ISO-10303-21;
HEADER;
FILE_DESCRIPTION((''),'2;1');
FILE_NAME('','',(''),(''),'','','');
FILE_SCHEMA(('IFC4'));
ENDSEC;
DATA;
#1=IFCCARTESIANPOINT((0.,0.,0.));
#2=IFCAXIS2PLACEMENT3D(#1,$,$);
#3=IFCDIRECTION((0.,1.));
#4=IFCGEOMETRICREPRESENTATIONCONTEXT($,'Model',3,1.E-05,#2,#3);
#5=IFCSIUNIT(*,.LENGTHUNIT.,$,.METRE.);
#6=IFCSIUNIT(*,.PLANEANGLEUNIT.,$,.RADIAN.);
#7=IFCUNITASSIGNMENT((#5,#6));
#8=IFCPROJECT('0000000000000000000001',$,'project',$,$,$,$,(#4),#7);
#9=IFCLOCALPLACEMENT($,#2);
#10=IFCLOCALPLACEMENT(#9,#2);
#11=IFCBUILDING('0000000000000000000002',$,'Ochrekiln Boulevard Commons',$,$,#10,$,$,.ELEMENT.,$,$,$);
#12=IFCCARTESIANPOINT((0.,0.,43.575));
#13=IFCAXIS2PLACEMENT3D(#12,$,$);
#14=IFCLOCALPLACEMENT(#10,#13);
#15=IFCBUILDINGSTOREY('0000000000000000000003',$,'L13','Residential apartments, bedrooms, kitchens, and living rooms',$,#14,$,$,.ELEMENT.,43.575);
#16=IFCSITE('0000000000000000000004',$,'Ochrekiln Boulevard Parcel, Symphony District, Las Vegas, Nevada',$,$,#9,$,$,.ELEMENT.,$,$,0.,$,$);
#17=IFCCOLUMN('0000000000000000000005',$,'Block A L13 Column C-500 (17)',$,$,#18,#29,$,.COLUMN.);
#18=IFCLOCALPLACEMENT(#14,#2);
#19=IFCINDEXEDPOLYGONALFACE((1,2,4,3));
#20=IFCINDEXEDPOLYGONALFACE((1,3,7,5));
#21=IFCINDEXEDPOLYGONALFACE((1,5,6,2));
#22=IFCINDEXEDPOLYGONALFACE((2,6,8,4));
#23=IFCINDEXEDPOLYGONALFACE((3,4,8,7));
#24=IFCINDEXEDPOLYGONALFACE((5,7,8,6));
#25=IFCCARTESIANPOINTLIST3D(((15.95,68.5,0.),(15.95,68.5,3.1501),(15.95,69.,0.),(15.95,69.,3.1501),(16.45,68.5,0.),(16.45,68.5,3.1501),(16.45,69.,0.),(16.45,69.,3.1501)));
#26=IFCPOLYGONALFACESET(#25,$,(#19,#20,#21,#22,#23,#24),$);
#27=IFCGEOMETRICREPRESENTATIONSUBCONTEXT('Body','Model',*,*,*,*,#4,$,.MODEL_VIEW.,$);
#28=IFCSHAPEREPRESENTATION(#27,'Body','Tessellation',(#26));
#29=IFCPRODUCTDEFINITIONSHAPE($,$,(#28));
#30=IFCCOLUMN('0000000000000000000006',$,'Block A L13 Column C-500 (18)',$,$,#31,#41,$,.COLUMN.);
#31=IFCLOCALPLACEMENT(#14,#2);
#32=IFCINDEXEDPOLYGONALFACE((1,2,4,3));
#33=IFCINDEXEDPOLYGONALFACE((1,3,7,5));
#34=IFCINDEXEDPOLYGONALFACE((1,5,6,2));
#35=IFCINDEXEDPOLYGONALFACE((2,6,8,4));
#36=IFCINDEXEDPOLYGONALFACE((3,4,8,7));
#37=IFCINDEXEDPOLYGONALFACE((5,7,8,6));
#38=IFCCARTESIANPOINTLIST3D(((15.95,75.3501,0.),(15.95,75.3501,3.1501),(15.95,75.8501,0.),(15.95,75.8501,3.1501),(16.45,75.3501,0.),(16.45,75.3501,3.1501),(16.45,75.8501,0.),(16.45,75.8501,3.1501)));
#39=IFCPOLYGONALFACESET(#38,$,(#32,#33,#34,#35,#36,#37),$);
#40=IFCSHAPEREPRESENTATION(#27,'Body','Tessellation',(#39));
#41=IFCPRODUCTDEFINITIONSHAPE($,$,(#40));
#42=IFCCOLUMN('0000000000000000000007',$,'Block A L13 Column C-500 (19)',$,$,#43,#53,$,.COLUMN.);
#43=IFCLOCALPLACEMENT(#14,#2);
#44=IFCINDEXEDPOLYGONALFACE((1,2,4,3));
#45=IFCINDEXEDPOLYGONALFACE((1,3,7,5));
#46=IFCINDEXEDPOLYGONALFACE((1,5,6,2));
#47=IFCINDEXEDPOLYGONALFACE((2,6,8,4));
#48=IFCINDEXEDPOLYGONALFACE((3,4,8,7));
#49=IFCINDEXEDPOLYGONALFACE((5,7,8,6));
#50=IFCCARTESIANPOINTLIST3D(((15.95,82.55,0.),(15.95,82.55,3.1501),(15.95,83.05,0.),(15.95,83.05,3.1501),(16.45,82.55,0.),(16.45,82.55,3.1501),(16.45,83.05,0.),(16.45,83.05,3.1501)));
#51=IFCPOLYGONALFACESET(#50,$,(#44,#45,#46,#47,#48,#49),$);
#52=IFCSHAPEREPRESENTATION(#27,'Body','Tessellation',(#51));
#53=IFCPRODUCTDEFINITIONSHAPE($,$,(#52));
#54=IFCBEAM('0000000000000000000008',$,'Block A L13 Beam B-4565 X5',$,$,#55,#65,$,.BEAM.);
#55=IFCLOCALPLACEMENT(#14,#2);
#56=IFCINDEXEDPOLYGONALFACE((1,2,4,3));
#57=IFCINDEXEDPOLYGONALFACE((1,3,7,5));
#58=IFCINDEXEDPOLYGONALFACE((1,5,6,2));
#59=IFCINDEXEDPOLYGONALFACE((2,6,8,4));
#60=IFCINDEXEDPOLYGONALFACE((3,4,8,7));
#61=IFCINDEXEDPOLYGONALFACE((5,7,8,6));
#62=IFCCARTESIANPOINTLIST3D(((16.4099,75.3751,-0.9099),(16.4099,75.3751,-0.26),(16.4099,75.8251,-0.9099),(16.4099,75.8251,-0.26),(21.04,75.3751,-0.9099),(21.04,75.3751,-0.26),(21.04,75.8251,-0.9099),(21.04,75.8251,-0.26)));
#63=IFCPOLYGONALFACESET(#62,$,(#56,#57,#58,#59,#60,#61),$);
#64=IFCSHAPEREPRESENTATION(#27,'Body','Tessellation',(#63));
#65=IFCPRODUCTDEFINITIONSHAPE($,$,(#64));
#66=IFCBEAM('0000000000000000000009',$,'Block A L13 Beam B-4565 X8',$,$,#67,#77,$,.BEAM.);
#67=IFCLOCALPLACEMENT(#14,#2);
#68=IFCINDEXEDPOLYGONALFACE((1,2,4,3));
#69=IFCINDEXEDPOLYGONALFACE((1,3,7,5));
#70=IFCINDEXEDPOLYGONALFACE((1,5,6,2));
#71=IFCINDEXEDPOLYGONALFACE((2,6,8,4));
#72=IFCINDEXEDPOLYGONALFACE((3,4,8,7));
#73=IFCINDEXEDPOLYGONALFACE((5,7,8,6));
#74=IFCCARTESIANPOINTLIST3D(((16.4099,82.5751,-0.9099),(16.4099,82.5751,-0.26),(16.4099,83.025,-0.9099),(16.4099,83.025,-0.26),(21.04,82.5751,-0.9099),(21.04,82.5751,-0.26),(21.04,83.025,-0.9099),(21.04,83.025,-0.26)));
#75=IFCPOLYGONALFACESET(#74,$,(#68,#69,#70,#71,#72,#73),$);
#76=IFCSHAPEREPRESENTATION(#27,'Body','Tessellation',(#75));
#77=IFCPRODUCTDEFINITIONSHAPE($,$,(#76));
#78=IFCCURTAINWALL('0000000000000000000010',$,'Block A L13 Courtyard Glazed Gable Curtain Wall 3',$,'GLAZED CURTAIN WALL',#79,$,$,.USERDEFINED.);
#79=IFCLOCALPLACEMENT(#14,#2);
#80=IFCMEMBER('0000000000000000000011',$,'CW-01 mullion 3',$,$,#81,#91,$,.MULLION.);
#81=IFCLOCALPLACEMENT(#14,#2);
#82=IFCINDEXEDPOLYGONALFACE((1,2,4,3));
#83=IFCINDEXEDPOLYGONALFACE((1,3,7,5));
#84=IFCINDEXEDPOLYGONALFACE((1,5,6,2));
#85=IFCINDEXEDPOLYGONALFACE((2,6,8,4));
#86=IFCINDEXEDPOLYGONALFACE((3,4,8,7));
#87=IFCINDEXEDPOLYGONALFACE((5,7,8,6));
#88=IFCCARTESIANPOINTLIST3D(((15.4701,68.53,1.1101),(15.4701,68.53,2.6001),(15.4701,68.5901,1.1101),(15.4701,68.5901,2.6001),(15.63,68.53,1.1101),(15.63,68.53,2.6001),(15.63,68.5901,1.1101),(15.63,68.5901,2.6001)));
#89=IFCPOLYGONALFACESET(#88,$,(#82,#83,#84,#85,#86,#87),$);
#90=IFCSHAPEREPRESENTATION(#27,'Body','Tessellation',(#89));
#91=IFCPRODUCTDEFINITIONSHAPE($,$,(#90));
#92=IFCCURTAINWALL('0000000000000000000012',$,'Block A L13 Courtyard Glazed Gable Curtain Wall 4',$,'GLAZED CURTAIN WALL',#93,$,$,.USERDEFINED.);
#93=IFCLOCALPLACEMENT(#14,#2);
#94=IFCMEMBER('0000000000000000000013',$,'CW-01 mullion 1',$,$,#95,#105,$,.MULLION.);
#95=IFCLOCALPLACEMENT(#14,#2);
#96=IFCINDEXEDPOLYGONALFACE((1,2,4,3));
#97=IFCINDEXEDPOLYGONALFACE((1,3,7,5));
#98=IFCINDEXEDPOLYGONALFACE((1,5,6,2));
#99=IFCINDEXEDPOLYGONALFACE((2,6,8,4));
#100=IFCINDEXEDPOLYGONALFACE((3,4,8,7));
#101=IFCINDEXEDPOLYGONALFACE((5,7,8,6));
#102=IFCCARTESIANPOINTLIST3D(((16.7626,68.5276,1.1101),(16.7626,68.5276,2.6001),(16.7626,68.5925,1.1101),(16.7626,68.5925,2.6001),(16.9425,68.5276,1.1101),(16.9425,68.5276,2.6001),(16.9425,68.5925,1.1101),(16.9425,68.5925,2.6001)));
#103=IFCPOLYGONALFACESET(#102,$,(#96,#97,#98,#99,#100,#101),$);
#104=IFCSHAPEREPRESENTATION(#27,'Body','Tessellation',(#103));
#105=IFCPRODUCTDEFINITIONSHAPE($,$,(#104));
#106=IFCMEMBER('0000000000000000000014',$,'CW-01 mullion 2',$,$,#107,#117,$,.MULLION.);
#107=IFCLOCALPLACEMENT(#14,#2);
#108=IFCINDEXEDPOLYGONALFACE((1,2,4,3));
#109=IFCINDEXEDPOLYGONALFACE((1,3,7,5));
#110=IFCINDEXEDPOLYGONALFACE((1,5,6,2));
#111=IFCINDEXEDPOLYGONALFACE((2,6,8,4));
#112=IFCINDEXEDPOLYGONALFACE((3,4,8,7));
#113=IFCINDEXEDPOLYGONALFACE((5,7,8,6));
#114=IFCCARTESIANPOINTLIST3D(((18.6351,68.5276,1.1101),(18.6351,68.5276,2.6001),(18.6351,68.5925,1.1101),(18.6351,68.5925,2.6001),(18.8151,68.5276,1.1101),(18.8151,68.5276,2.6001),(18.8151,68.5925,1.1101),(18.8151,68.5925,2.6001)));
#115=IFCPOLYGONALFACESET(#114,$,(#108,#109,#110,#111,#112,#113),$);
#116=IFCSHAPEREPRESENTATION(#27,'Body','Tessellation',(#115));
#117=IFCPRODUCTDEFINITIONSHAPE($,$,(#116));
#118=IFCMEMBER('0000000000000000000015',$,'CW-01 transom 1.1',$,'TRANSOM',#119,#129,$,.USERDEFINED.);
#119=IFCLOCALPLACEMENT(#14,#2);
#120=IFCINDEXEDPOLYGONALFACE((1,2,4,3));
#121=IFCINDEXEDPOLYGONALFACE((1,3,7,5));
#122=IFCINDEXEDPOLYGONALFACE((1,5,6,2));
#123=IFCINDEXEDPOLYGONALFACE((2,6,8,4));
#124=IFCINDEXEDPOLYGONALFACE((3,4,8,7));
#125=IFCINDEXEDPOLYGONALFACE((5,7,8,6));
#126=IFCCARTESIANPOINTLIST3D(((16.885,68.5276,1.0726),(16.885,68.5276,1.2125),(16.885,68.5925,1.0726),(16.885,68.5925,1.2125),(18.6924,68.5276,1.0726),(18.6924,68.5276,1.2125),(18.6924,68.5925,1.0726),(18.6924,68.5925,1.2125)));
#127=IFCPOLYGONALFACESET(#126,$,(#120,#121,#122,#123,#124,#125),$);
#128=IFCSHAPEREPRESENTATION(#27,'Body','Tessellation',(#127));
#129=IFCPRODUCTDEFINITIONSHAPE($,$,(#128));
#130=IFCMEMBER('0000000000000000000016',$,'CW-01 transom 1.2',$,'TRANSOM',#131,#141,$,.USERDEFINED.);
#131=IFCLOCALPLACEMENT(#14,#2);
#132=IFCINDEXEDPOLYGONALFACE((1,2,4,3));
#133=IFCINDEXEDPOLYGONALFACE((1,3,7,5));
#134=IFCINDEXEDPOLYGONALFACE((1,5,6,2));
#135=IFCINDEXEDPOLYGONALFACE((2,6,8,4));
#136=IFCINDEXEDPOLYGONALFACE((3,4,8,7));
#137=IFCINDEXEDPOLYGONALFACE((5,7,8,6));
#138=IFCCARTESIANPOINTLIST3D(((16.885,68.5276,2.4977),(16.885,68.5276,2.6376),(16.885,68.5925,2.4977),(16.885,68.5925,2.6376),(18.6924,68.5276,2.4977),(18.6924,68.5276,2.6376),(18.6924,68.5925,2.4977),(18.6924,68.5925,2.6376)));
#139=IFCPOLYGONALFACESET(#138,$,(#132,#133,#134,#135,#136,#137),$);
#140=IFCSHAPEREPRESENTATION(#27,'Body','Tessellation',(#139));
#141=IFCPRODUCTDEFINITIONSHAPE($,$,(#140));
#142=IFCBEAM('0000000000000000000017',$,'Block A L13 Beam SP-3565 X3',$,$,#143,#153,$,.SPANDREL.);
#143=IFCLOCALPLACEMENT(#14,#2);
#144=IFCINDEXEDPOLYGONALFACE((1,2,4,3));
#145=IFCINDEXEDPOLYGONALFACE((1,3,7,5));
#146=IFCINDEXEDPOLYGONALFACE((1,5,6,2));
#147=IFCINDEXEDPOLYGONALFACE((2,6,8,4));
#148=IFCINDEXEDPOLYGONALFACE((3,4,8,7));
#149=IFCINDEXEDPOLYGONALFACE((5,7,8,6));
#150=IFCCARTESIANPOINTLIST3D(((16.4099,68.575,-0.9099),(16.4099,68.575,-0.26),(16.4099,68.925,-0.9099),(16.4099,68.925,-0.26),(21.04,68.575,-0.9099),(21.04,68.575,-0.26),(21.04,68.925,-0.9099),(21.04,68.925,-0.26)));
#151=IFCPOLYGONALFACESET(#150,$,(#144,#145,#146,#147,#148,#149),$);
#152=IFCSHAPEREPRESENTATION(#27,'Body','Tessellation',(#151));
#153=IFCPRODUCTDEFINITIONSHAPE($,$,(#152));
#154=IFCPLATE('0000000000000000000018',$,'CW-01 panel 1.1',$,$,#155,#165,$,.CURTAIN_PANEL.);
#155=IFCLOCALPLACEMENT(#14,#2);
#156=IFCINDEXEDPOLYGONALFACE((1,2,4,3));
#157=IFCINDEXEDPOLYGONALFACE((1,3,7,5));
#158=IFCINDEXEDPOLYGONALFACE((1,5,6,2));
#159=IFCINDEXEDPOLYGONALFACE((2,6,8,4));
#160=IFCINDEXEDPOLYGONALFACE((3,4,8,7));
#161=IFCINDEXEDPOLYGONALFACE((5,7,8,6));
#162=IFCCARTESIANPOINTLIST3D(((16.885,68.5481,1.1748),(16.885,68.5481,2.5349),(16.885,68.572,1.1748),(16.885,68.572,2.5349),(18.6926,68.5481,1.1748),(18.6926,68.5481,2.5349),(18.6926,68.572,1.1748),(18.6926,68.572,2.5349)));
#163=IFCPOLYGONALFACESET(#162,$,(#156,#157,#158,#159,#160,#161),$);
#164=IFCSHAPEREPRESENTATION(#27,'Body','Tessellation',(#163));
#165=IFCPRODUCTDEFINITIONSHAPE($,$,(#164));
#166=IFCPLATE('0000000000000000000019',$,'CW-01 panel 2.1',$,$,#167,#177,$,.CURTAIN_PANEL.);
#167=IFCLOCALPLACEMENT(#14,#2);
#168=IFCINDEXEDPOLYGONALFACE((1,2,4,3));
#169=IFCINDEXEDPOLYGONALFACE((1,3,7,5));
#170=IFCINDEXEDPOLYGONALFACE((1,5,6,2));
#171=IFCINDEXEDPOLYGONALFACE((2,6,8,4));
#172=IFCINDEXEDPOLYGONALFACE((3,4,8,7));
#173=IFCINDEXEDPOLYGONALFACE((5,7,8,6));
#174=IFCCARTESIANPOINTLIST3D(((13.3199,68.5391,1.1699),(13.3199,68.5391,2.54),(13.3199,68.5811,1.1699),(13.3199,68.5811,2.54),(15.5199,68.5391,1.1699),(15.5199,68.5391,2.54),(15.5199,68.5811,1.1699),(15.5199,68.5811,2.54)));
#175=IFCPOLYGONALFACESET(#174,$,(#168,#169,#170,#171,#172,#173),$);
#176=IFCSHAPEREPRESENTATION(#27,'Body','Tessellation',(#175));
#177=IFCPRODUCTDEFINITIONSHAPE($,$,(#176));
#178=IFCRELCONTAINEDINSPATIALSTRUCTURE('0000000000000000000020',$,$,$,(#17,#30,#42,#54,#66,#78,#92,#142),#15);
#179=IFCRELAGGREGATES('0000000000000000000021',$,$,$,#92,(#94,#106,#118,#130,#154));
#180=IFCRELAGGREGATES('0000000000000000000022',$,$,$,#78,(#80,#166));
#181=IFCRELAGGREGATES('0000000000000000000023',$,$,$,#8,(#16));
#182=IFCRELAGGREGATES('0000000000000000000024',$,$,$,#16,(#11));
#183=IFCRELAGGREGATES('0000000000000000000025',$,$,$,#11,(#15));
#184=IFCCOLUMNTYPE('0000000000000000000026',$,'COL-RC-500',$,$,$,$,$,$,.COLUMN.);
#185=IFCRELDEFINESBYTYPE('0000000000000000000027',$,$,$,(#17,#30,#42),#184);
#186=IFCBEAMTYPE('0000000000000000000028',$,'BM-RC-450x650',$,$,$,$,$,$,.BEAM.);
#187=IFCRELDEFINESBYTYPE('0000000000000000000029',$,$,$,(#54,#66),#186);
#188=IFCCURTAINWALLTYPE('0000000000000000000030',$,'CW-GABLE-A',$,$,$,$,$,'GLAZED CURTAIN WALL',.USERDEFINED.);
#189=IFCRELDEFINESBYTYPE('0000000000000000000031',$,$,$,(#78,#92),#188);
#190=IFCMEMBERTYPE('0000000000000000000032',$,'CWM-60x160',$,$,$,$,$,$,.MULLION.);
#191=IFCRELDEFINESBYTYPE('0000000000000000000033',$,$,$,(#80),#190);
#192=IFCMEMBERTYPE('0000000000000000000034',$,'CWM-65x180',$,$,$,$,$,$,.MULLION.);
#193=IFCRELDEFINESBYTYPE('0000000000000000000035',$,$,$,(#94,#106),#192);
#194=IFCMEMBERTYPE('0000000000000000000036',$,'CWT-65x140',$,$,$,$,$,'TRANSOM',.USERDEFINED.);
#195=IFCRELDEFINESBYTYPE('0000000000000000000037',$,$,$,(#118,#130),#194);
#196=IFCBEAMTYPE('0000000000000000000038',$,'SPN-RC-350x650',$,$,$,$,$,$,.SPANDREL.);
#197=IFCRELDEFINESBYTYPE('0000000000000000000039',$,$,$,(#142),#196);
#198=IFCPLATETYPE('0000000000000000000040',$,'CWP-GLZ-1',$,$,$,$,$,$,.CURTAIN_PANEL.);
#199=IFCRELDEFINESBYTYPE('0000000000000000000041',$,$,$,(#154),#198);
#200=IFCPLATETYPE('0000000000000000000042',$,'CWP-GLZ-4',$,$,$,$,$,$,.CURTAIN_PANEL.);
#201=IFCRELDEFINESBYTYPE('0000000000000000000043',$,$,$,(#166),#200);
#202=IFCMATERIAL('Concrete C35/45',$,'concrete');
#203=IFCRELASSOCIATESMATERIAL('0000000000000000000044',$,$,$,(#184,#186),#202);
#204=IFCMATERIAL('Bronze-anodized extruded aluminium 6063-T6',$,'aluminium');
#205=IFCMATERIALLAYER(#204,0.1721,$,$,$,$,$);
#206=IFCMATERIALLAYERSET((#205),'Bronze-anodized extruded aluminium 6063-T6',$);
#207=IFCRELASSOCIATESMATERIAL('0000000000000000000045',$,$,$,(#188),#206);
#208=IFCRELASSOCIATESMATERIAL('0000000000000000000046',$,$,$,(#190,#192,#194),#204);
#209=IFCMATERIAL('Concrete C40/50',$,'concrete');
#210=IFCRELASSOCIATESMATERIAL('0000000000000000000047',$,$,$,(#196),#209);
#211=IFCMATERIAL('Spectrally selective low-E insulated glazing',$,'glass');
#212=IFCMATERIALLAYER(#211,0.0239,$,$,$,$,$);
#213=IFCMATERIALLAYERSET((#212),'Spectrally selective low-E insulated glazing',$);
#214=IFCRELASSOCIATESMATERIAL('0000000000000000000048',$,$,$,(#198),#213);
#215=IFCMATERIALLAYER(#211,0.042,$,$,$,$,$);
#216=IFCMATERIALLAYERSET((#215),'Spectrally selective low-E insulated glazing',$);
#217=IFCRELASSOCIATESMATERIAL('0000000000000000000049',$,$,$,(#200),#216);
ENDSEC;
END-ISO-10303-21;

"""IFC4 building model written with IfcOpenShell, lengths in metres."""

from ifc_helpers import new_model, si_unit, direction, frame, origin, origin_2d, place, context, subcontext, project, spatial, rectangle, extrude, material, layer, layer_set, material_profile, profile_set, type_object, element, aggregate, save


model = new_model("IFC4")

# Units and contexts
model_context = context("Model", 3, precision=1e-05, world=origin(), true_north=direction((0.0, 1.0)))
body_context = subcontext(model_context, "Body", "Model", "MODEL_VIEW")
ifc_project = project(units=[si_unit("LENGTHUNIT", "METRE"), si_unit("PLANEANGLEUNIT", "RADIAN")], contexts=[model_context])

# Site, building, storey
site_placement = place(None, origin())
site = spatial("IfcSite", under=ifc_project, at=site_placement, Name="Ochrekiln Boulevard Parcel, Symphony District, Las Vegas, Nevada", CompositionType="ELEMENT", RefElevation=0.0)
building_placement = place(site_placement, origin())
building = spatial("IfcBuilding", under=site, at=building_placement, Name="Ochrekiln Boulevard Commons", CompositionType="ELEMENT")
storey_placement = place(building_placement, frame((0.0, 0.0, 43.575)))
storey = spatial("IfcBuildingStorey", under=building, at=storey_placement, Name="L13", Description="Residential apartments, bedrooms, kitchens, and living rooms", CompositionType="ELEMENT", Elevation=43.575)

# Columns
ifc_material_1 = material(Name="Concrete C35/45", Category="concrete")
ifc_material_profile_1 = material_profile(ifc_material_1, rectangle(XDim=0.5, YDim=0.5, at=origin_2d()), Name="RC-COL-500x500")
ifc_profile_set_1 = profile_set([ifc_material_profile_1], Name="Concrete C35/45")
column_type = type_object("IfcColumnType", Name="COL-RC-500", PredefinedType="COLUMN", material=ifc_profile_set_1)
for number, where, z_axis, x_axis, name in (
    (1, (16.2, 68.75, 0.0), (0.0, 0.0, 1.0), (1.0, 0.0, 0.0), "Block A L13 Column C-500 (17)"),
    (2, (16.2, 75.6001, 0.0), (0.0, 0.0, 1.0), (1.0, 0.0, 0.0), "Block A L13 Column C-500 (18)"),
    (3, (16.2, 82.8, 0.0), (0.0, 0.0, 1.0), (1.0, 0.0, 0.0), "Block A L13 Column C-500 (19)"),
):
    element("IfcColumn", number, at=place(storey_placement, frame(where, z_axis=z_axis, x_axis=x_axis)), inside=storey, type_object=column_type, Name=name, PredefinedType="COLUMN", context=body_context, shape_type="SweptSolid", body=[
        extrude(rectangle(XDim=0.5, YDim=0.5, at=origin_2d()), origin(), (0.0, 0.0, 1.0), 3.1501),
    ])

# Beams
ifc_material_profile_2 = material_profile(ifc_material_1, rectangle(XDim=0.45, YDim=0.6499, at=origin_2d()), Name="RC-BM-450x650")
ifc_profile_set_2 = profile_set([ifc_material_profile_2], Name="Concrete C35/45")
beam_type_1 = type_object("IfcBeamType", Name="BM-RC-450x650", PredefinedType="BEAM", material=ifc_profile_set_2)
for number, where, z_axis, x_axis, name in (
    (4, (16.4099, 75.6001, -0.585), (1.0, 0.0, 0.0), (0.0, 1.0, 0.0), "Block A L13 Beam B-4565 X5"),
    (5, (16.4099, 82.8, -0.585), (1.0, 0.0, 0.0), (0.0, 1.0, 0.0), "Block A L13 Beam B-4565 X8"),
):
    element("IfcBeam", number, at=place(storey_placement, frame(where, z_axis=z_axis, x_axis=x_axis)), inside=storey, type_object=beam_type_1, Name=name, PredefinedType="BEAM", context=body_context, shape_type="SweptSolid", body=[
        extrude(rectangle(XDim=0.45, YDim=0.6499, at=origin_2d()), origin(), (0.0, 0.0, 1.0), 4.6301),
    ])

# Curtain wall, member
ifc_material_2 = material(Name="Bronze-anodized extruded aluminium 6063-T6", Category="aluminium")
ifc_layer_1 = layer(ifc_material_2, 0.1721)
ifc_layer_set_1 = layer_set([ifc_layer_1], Name="Bronze-anodized extruded aluminium 6063-T6")
curtain_wall_type = type_object("IfcCurtainWallType", Name="CW-GABLE-A", ElementType="GLAZED CURTAIN WALL", PredefinedType="USERDEFINED", material=ifc_layer_set_1)
curtain_wall_1_placement = place(storey_placement, origin())
curtain_wall_1 = element("IfcCurtainWall", 6, at=curtain_wall_1_placement, inside=storey, type_object=curtain_wall_type, Name="Block A L13 Courtyard Glazed Gable Curtain Wall 3", ObjectType="GLAZED CURTAIN WALL", PredefinedType="USERDEFINED")
ifc_material_profile_3 = material_profile(ifc_material_2, rectangle(XDim=0.0601, YDim=0.1599, at=origin_2d()), Name="ALU-MUL-60x160")
ifc_profile_set_3 = profile_set([ifc_material_profile_3], Name="Bronze-anodized extruded aluminium 6063-T6")
member_type_1 = type_object("IfcMemberType", Name="CWM-60x160", PredefinedType="MULLION", material=ifc_profile_set_3)
member_1_placement = place(storey_placement, frame((15.55, 68.5601, 1.1101), z_axis=(0.0, 0.0, 1.0), x_axis=(0.0, 1.0, 0.0)))
member_1 = element("IfcMember", 7, at=member_1_placement, type_object=member_type_1, Name="CW-01 mullion 3", PredefinedType="MULLION", context=body_context, shape_type="SweptSolid", body=[
    extrude(rectangle(XDim=0.0601, YDim=0.1599, at=origin_2d()), origin(), (0.0, 0.0, 1.0), 1.49),
])

# Curtain wall, members
curtain_wall_2_placement = place(storey_placement, origin())
curtain_wall_2 = element("IfcCurtainWall", 8, at=curtain_wall_2_placement, inside=storey, type_object=curtain_wall_type, Name="Block A L13 Courtyard Glazed Gable Curtain Wall 4", ObjectType="GLAZED CURTAIN WALL", PredefinedType="USERDEFINED")
ifc_material_profile_4 = material_profile(ifc_material_2, rectangle(XDim=0.0649, YDim=0.1799, at=origin_2d()), Name="ALU-MUL-65x180")
ifc_profile_set_4 = profile_set([ifc_material_profile_4], Name="Bronze-anodized extruded aluminium 6063-T6")
member_type_2 = type_object("IfcMemberType", Name="CWM-65x180", PredefinedType="MULLION", material=ifc_profile_set_4)
member_2_placement = place(storey_placement, frame((16.8525, 68.5601, 1.1101), z_axis=(0.0, 0.0, 1.0), x_axis=(0.0, 1.0, 0.0)))
member_2 = element("IfcMember", 9, at=member_2_placement, type_object=member_type_2, Name="CW-01 mullion 1", PredefinedType="MULLION", context=body_context, shape_type="SweptSolid", body=[
    extrude(rectangle(XDim=0.0649, YDim=0.1799, at=origin_2d()), origin(), (0.0, 0.0, 1.0), 1.49),
])
member_3_placement = place(storey_placement, frame((18.7251, 68.5601, 1.1101), z_axis=(0.0, 0.0, 1.0), x_axis=(0.0, 1.0, 0.0)))
member_3 = element("IfcMember", 10, at=member_3_placement, type_object=member_type_2, Name="CW-01 mullion 2", PredefinedType="MULLION", context=body_context, shape_type="SweptSolid", body=[
    extrude(rectangle(XDim=0.0649, YDim=0.1799, at=origin_2d()), origin(), (0.0, 0.0, 1.0), 1.49),
])
ifc_material_profile_5 = material_profile(ifc_material_2, rectangle(XDim=0.0649, YDim=0.1399, at=origin_2d()), Name="ALU-TRN-65x140")
ifc_profile_set_5 = profile_set([ifc_material_profile_5], Name="Bronze-anodized extruded aluminium 6063-T6")
member_type_3 = type_object("IfcMemberType", Name="CWT-65x140", ElementType="TRANSOM", PredefinedType="USERDEFINED", material=ifc_profile_set_5)
member_4_placement = place(storey_placement, frame((16.885, 68.5601, 1.1426), z_axis=(1.0, 0.0, 0.0), x_axis=(0.0, 1.0, 0.0)))
member_4 = element("IfcMember", 11, at=member_4_placement, type_object=member_type_3, Name="CW-01 transom 1.1", ObjectType="TRANSOM", PredefinedType="USERDEFINED", context=body_context, shape_type="SweptSolid", body=[
    extrude(rectangle(XDim=0.0649, YDim=0.1399, at=origin_2d()), origin(), (0.0, 0.0, 1.0), 1.8074),
])
member_5_placement = place(storey_placement, frame((16.885, 68.5601, 2.5676), z_axis=(1.0, 0.0, 0.0), x_axis=(0.0, 1.0, 0.0)))
member_5 = element("IfcMember", 12, at=member_5_placement, type_object=member_type_3, Name="CW-01 transom 1.2", ObjectType="TRANSOM", PredefinedType="USERDEFINED", context=body_context, shape_type="SweptSolid", body=[
    extrude(rectangle(XDim=0.0649, YDim=0.1399, at=origin_2d()), origin(), (0.0, 0.0, 1.0), 1.8074),
])

# Beam
ifc_material_3 = material(Name="Concrete C40/50", Category="concrete")
ifc_material_profile_6 = material_profile(ifc_material_3, rectangle(XDim=0.3501, YDim=0.6499, at=origin_2d()), Name="RC-SPN-350x650")
ifc_profile_set_6 = profile_set([ifc_material_profile_6], Name="Concrete C40/50")
beam_type_2 = type_object("IfcBeamType", Name="SPN-RC-350x650", PredefinedType="SPANDREL", material=ifc_profile_set_6)
beam_placement = place(storey_placement, frame((16.4099, 68.75, -0.585), z_axis=(1.0, 0.0, 0.0), x_axis=(0.0, 1.0, 0.0)))
element("IfcBeam", 13, at=beam_placement, inside=storey, type_object=beam_type_2, Name="Block A L13 Beam SP-3565 X3", PredefinedType="SPANDREL", context=body_context, shape_type="SweptSolid", body=[
    extrude(rectangle(XDim=0.3501, YDim=0.6499, at=origin_2d()), origin(), (0.0, 0.0, 1.0), 4.6301),
])

# Plates
ifc_material_4 = material(Name="Spectrally selective low-E insulated glazing", Category="glass")
ifc_layer_2 = layer(ifc_material_4, 0.0239)
ifc_layer_set_2 = layer_set([ifc_layer_2], Name="Spectrally selective low-E insulated glazing")
plate_type_1 = type_object("IfcPlateType", Name="CWP-GLZ-1", PredefinedType="CURTAIN_PANEL", material=ifc_layer_set_2)
plate_1_placement = place(storey_placement, frame((17.7888, 68.5601, 1.1748), z_axis=(0.0, 0.0, 1.0), x_axis=(1.0, 0.0, 0.0)))
plate_1 = element("IfcPlate", 14, at=plate_1_placement, type_object=plate_type_1, Name="CW-01 panel 1.1", PredefinedType="CURTAIN_PANEL", context=body_context, shape_type="SweptSolid", body=[
    extrude(rectangle(XDim=1.8076, YDim=0.0239, at=origin_2d()), origin(), (0.0, 0.0, 1.0), 1.3601),
])
aggregate(curtain_wall_2, [member_2, member_3, member_4, member_5, plate_1])
ifc_layer_3 = layer(ifc_material_4, 0.042)
ifc_layer_set_3 = layer_set([ifc_layer_3], Name="Spectrally selective low-E insulated glazing")
plate_type_2 = type_object("IfcPlateType", Name="CWP-GLZ-4", PredefinedType="CURTAIN_PANEL", material=ifc_layer_set_3)
plate_2_placement = place(storey_placement, frame((14.4199, 68.5601, 1.1699), z_axis=(0.0, 0.0, 1.0), x_axis=(1.0, 0.0, 0.0)))
plate_2 = element("IfcPlate", 15, at=plate_2_placement, type_object=plate_type_2, Name="CW-01 panel 2.1", PredefinedType="CURTAIN_PANEL", context=body_context, shape_type="SweptSolid", body=[
    extrude(rectangle(XDim=2.2, YDim=0.042, at=origin_2d()), origin(), (0.0, 0.0, 1.0), 1.3701),
])
aggregate(curtain_wall_1, [member_1, plate_2])

save(model, "model.ifc")
